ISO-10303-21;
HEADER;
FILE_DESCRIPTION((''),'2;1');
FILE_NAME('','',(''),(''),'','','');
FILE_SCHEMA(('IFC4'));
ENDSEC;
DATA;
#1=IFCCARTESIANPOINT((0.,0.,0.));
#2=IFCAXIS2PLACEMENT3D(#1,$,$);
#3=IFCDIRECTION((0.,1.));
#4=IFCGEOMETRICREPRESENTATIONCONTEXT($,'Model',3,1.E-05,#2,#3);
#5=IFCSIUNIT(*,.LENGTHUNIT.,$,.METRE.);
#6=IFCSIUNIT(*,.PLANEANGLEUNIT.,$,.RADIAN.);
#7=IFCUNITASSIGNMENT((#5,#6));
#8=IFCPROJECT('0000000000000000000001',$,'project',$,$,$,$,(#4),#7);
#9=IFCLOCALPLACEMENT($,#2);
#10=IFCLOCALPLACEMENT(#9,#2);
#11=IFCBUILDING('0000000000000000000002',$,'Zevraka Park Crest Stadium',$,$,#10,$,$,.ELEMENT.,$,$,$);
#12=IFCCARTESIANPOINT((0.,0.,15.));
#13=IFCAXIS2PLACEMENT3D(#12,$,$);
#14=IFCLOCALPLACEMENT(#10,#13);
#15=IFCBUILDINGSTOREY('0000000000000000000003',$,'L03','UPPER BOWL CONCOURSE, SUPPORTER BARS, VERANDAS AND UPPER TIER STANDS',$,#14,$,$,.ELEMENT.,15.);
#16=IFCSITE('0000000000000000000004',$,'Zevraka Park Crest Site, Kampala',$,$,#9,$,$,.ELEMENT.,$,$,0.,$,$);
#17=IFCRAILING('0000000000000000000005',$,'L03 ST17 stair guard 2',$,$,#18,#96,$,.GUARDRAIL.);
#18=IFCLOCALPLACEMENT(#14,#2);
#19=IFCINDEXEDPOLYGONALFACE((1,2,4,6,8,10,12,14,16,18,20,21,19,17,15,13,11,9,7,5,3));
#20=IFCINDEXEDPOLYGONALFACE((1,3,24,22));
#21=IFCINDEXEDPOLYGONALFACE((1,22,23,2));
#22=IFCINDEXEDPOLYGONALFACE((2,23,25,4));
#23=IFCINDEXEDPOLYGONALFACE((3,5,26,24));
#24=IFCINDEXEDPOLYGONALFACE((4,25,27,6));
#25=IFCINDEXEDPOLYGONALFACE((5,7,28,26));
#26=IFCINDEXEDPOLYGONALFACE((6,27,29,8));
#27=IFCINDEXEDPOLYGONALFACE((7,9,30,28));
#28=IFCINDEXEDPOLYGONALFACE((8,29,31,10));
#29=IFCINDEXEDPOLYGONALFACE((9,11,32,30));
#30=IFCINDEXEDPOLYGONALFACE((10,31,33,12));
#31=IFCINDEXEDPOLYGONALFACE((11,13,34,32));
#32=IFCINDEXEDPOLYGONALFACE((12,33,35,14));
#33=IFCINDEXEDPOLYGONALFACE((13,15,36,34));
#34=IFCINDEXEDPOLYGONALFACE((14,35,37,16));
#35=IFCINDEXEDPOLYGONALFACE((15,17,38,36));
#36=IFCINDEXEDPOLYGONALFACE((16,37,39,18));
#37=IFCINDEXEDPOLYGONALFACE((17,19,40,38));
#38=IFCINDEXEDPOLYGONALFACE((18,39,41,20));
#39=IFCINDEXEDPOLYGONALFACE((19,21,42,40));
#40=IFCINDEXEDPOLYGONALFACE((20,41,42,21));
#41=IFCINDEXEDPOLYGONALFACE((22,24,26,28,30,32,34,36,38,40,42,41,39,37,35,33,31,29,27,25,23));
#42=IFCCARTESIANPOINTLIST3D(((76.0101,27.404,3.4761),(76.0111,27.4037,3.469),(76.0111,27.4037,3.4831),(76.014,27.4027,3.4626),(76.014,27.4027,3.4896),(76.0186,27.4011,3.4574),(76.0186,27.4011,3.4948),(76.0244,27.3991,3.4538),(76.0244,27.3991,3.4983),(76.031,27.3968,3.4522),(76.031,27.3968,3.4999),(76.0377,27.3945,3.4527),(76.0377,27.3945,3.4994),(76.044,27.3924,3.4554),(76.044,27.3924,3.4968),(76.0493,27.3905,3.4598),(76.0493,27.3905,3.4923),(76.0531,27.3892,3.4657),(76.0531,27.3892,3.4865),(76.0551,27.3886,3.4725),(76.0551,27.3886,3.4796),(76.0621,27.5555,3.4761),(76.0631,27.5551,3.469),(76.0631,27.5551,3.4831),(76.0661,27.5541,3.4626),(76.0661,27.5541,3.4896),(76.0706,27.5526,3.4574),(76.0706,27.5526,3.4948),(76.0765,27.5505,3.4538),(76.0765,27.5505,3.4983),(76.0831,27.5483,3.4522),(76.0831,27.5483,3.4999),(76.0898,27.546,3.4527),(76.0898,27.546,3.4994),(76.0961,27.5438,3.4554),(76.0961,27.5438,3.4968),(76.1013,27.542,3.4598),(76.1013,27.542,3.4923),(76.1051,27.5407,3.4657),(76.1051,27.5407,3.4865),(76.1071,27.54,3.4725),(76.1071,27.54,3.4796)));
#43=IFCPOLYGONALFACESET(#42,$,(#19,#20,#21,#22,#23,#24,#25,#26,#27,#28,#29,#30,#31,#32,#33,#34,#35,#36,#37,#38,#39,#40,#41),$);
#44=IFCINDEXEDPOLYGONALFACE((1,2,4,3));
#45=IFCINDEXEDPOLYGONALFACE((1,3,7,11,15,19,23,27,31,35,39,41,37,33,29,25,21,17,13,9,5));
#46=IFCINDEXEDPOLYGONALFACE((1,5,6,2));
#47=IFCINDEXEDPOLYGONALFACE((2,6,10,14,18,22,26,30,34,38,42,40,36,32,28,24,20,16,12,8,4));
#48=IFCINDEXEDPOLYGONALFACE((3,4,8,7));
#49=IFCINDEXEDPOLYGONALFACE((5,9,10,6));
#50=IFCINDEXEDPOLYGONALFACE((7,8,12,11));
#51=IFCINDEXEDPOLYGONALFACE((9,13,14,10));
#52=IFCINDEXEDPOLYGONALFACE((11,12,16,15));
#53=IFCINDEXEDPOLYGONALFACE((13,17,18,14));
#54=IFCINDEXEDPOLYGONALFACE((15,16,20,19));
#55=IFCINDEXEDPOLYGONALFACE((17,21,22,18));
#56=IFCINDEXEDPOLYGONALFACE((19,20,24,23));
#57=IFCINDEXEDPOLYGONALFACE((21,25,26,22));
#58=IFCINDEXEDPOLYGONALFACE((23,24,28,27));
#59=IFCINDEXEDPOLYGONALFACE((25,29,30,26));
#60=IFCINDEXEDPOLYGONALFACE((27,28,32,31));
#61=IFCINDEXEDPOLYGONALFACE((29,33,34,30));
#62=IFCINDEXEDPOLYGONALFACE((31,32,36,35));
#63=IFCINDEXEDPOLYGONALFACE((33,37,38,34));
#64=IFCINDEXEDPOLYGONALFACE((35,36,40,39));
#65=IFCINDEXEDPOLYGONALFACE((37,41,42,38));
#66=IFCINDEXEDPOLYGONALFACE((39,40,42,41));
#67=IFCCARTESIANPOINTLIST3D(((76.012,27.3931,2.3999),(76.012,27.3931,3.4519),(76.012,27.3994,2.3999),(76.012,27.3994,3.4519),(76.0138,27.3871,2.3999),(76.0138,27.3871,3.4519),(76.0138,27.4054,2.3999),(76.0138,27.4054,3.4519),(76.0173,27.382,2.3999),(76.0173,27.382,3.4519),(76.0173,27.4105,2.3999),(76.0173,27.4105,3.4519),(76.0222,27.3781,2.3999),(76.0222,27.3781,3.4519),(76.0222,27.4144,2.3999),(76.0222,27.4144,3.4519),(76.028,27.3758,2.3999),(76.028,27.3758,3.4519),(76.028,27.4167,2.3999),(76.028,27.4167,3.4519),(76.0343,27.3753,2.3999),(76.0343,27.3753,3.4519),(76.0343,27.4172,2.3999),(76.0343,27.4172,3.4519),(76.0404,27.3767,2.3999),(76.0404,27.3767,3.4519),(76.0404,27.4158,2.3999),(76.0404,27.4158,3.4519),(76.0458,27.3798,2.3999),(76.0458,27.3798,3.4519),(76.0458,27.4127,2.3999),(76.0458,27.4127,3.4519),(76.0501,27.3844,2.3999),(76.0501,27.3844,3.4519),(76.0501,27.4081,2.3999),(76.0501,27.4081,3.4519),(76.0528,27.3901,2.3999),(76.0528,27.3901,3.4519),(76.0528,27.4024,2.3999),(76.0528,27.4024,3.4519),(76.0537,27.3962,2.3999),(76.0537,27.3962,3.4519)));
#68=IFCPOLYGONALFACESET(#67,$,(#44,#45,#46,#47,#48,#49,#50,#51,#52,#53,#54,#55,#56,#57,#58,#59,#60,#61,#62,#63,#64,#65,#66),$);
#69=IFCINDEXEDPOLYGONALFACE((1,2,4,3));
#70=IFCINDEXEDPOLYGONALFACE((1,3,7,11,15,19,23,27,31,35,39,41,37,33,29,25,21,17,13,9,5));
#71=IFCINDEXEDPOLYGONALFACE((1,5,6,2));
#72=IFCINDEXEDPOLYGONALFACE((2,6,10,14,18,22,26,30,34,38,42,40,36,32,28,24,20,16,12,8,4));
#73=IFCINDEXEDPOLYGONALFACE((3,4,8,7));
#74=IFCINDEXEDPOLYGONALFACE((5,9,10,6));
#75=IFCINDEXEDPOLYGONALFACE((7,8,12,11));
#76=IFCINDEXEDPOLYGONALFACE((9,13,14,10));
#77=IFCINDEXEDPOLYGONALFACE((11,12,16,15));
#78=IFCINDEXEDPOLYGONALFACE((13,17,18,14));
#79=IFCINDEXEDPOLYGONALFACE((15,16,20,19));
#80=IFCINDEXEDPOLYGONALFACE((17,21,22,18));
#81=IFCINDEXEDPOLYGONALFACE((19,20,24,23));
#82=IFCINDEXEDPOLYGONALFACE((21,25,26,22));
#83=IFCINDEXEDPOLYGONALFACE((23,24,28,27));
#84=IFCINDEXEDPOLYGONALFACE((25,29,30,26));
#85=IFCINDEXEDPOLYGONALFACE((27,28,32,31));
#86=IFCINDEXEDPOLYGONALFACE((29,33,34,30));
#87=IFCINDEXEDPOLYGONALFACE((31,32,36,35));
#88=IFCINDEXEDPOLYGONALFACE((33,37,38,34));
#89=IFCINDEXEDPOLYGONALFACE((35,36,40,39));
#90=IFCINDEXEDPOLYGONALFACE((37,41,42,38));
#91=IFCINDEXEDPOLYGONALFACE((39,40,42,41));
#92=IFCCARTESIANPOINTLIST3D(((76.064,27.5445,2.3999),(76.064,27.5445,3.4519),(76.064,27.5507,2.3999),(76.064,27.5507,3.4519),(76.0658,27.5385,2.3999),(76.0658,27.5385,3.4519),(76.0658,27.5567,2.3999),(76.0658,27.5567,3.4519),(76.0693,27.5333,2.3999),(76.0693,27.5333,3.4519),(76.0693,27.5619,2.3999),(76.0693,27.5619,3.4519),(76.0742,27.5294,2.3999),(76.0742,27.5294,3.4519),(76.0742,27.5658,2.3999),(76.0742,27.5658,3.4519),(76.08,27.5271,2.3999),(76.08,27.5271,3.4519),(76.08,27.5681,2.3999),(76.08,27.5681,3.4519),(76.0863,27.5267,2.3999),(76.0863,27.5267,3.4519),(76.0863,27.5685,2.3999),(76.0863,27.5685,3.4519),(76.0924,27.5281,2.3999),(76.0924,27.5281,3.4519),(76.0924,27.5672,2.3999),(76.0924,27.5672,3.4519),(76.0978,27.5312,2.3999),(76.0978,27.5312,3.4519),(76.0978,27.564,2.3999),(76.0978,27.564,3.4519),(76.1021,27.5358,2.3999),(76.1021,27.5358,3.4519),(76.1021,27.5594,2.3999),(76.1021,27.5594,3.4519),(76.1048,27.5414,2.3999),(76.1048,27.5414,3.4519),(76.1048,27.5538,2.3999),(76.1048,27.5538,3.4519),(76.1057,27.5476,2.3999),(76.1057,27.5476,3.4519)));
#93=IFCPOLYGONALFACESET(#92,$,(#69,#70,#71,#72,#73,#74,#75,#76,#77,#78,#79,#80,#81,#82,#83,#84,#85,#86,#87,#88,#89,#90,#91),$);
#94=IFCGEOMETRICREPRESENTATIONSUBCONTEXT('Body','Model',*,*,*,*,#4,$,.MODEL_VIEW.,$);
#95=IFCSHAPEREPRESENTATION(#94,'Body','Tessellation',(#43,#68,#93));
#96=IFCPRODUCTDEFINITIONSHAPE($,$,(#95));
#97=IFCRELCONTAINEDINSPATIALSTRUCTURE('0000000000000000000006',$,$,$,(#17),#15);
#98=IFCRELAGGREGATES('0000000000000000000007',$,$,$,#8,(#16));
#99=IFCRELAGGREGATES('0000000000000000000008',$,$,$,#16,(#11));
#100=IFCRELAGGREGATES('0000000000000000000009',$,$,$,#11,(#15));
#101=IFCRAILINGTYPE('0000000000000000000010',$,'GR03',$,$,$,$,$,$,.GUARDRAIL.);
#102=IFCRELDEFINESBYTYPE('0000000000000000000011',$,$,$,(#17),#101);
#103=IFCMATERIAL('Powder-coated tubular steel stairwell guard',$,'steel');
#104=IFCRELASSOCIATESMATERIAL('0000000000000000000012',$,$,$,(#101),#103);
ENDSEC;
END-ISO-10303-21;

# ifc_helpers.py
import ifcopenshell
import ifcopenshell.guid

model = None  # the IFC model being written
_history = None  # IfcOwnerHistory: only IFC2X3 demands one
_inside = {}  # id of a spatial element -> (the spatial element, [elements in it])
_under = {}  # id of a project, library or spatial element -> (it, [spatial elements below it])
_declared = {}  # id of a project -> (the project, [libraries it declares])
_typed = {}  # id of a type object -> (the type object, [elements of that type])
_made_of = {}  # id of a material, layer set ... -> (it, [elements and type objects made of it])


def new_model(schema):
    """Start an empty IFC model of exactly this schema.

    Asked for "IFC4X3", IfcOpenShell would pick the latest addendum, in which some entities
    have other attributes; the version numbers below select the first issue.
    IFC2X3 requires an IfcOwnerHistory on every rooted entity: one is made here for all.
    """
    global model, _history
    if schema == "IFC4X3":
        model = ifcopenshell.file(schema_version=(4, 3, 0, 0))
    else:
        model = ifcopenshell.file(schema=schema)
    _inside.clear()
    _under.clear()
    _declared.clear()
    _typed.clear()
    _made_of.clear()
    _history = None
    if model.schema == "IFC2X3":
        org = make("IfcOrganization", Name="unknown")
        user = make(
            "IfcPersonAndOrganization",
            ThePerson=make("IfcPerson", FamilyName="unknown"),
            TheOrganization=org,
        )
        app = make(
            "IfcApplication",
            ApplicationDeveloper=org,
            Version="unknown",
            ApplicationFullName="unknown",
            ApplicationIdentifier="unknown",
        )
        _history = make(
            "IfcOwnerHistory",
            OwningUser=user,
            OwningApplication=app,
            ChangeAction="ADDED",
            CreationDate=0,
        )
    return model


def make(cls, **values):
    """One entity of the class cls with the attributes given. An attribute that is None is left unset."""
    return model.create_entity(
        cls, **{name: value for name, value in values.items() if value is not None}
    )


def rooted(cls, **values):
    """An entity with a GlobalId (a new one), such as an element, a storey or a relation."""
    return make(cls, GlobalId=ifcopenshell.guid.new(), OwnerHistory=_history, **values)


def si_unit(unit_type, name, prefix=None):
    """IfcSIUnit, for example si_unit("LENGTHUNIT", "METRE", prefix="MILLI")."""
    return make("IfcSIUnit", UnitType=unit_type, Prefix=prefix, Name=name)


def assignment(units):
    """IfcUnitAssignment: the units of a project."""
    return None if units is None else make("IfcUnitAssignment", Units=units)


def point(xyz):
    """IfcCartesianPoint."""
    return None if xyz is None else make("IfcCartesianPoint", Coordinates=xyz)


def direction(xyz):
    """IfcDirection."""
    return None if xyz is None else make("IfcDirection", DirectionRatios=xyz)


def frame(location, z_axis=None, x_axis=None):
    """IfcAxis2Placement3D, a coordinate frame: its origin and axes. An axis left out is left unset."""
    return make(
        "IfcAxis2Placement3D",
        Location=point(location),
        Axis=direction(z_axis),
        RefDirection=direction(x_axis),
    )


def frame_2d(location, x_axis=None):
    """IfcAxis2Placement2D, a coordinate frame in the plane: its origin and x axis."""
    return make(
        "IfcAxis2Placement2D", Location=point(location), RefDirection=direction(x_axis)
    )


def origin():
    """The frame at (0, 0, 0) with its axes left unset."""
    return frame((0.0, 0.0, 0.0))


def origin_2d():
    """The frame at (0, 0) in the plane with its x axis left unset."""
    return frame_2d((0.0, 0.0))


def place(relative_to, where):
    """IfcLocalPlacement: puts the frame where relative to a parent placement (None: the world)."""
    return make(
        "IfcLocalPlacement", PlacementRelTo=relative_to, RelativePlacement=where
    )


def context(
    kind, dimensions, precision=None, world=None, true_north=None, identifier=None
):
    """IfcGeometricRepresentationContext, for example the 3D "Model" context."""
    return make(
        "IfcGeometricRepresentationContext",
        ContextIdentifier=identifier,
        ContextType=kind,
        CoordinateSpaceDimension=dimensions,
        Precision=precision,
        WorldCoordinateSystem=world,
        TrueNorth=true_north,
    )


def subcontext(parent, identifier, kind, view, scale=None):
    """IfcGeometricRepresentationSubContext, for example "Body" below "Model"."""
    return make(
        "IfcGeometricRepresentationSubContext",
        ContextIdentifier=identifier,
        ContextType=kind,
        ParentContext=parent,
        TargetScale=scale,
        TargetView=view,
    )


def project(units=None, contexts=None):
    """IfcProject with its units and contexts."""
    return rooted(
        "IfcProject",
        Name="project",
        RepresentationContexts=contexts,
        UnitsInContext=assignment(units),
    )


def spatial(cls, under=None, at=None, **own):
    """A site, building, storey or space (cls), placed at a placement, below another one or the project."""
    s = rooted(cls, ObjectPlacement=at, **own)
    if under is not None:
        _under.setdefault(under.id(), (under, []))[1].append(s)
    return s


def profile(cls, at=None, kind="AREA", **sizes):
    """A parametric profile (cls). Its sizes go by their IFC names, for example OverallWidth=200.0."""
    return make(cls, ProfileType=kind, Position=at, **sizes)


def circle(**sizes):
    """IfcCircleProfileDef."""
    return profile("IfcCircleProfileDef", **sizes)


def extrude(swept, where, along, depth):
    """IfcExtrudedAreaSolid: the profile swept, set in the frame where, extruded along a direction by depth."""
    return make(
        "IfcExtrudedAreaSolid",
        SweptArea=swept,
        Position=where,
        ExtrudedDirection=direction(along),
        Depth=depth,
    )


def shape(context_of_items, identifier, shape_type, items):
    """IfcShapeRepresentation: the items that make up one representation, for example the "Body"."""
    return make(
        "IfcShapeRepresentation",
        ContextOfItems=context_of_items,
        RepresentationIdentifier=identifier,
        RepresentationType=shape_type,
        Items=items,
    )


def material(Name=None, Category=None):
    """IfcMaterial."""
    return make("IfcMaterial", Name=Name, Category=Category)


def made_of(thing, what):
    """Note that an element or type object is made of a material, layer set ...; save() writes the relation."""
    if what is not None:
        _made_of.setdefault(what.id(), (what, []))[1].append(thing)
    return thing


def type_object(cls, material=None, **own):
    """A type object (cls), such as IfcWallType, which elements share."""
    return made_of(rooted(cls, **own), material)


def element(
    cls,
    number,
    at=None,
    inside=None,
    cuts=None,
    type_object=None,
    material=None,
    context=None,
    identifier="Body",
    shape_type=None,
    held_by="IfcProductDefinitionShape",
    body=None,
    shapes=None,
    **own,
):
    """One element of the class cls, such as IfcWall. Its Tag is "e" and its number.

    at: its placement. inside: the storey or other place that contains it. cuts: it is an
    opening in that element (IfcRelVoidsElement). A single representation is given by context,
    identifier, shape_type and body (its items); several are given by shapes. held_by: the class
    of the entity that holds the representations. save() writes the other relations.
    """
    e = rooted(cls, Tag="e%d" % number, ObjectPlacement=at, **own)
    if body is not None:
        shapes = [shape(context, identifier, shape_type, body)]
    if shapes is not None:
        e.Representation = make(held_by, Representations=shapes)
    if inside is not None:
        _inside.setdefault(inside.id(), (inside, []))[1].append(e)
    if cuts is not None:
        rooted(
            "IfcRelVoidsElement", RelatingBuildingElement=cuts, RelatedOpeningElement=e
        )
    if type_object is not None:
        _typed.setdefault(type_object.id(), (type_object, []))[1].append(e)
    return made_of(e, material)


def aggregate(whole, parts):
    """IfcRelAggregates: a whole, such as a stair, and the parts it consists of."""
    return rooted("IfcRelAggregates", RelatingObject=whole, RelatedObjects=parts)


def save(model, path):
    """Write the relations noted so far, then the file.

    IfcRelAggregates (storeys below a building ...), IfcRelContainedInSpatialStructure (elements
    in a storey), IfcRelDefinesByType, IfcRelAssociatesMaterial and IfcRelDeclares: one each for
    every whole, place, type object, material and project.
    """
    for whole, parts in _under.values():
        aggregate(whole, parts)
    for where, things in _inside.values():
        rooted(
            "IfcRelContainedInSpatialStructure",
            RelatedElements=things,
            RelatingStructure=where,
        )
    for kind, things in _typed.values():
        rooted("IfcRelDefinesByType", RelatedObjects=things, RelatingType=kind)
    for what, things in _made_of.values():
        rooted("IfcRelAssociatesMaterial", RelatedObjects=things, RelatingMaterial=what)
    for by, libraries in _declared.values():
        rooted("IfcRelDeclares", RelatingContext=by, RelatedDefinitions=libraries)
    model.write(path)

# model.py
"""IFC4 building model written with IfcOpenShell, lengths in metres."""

from ifc_helpers import new_model, si_unit, direction, frame, origin, origin_2d, place, context, subcontext, project, spatial, circle, extrude, material, type_object, element, save


model = new_model("IFC4")

# Units and contexts
model_context = context("Model", 3, precision=1e-05, world=origin(), true_north=direction((0.0, 1.0)))
body_context = subcontext(model_context, "Body", "Model", "MODEL_VIEW")
ifc_project = project(units=[si_unit("LENGTHUNIT", "METRE"), si_unit("PLANEANGLEUNIT", "RADIAN")], contexts=[model_context])

# Site, building, storey
site_placement = place(None, origin())
site = spatial("IfcSite", under=ifc_project, at=site_placement, Name="Zevraka Park Crest Site, Kampala", CompositionType="ELEMENT", RefElevation=0.0)
building_placement = place(site_placement, origin())
building = spatial("IfcBuilding", under=site, at=building_placement, Name="Zevraka Park Crest Stadium", CompositionType="ELEMENT")
storey_placement = place(building_placement, frame((0.0, 0.0, 15.0)))
storey = spatial("IfcBuildingStorey", under=building, at=storey_placement, Name="L03", Description="UPPER BOWL CONCOURSE, SUPPORTER BARS, VERANDAS AND UPPER TIER STANDS", CompositionType="ELEMENT", Elevation=15.0)

# Railing
ifc_material_1 = material(Name="Powder-coated tubular steel stairwell guard", Category="steel")
railing_type_1 = type_object("IfcRailingType", Name="GR03", PredefinedType="GUARDRAIL", material=ifc_material_1)
railing_1_placement = place(storey_placement, frame((76.0327, 27.3962, 2.3999)))
element("IfcRailing", 1, at=railing_1_placement, inside=storey, type_object=railing_type_1, Name="L03 ST17 stair guard 2", PredefinedType="GUARDRAIL", context=body_context, shape_type="SweptSolid", body=[
    extrude(circle(Radius=0.0239, at=origin_2d()), frame((0.0, 0.0, 1.0762), z_axis=(0.324909, 0.945745, 0.0), x_axis=(-0.945745, 0.324909, 0.0)), (0.0, 0.0, 1.0), 0.1602),
    extrude(circle(Radius=0.021, at=origin_2d()), origin(), (0.0, 0.0, 1.0), 1.052),
    extrude(circle(Radius=0.021, at=origin_2d()), frame((0.052, 0.1514, 0.0)), (0.0, 0.0, 1.0), 1.052),
])

save(model, "model.ifc")
